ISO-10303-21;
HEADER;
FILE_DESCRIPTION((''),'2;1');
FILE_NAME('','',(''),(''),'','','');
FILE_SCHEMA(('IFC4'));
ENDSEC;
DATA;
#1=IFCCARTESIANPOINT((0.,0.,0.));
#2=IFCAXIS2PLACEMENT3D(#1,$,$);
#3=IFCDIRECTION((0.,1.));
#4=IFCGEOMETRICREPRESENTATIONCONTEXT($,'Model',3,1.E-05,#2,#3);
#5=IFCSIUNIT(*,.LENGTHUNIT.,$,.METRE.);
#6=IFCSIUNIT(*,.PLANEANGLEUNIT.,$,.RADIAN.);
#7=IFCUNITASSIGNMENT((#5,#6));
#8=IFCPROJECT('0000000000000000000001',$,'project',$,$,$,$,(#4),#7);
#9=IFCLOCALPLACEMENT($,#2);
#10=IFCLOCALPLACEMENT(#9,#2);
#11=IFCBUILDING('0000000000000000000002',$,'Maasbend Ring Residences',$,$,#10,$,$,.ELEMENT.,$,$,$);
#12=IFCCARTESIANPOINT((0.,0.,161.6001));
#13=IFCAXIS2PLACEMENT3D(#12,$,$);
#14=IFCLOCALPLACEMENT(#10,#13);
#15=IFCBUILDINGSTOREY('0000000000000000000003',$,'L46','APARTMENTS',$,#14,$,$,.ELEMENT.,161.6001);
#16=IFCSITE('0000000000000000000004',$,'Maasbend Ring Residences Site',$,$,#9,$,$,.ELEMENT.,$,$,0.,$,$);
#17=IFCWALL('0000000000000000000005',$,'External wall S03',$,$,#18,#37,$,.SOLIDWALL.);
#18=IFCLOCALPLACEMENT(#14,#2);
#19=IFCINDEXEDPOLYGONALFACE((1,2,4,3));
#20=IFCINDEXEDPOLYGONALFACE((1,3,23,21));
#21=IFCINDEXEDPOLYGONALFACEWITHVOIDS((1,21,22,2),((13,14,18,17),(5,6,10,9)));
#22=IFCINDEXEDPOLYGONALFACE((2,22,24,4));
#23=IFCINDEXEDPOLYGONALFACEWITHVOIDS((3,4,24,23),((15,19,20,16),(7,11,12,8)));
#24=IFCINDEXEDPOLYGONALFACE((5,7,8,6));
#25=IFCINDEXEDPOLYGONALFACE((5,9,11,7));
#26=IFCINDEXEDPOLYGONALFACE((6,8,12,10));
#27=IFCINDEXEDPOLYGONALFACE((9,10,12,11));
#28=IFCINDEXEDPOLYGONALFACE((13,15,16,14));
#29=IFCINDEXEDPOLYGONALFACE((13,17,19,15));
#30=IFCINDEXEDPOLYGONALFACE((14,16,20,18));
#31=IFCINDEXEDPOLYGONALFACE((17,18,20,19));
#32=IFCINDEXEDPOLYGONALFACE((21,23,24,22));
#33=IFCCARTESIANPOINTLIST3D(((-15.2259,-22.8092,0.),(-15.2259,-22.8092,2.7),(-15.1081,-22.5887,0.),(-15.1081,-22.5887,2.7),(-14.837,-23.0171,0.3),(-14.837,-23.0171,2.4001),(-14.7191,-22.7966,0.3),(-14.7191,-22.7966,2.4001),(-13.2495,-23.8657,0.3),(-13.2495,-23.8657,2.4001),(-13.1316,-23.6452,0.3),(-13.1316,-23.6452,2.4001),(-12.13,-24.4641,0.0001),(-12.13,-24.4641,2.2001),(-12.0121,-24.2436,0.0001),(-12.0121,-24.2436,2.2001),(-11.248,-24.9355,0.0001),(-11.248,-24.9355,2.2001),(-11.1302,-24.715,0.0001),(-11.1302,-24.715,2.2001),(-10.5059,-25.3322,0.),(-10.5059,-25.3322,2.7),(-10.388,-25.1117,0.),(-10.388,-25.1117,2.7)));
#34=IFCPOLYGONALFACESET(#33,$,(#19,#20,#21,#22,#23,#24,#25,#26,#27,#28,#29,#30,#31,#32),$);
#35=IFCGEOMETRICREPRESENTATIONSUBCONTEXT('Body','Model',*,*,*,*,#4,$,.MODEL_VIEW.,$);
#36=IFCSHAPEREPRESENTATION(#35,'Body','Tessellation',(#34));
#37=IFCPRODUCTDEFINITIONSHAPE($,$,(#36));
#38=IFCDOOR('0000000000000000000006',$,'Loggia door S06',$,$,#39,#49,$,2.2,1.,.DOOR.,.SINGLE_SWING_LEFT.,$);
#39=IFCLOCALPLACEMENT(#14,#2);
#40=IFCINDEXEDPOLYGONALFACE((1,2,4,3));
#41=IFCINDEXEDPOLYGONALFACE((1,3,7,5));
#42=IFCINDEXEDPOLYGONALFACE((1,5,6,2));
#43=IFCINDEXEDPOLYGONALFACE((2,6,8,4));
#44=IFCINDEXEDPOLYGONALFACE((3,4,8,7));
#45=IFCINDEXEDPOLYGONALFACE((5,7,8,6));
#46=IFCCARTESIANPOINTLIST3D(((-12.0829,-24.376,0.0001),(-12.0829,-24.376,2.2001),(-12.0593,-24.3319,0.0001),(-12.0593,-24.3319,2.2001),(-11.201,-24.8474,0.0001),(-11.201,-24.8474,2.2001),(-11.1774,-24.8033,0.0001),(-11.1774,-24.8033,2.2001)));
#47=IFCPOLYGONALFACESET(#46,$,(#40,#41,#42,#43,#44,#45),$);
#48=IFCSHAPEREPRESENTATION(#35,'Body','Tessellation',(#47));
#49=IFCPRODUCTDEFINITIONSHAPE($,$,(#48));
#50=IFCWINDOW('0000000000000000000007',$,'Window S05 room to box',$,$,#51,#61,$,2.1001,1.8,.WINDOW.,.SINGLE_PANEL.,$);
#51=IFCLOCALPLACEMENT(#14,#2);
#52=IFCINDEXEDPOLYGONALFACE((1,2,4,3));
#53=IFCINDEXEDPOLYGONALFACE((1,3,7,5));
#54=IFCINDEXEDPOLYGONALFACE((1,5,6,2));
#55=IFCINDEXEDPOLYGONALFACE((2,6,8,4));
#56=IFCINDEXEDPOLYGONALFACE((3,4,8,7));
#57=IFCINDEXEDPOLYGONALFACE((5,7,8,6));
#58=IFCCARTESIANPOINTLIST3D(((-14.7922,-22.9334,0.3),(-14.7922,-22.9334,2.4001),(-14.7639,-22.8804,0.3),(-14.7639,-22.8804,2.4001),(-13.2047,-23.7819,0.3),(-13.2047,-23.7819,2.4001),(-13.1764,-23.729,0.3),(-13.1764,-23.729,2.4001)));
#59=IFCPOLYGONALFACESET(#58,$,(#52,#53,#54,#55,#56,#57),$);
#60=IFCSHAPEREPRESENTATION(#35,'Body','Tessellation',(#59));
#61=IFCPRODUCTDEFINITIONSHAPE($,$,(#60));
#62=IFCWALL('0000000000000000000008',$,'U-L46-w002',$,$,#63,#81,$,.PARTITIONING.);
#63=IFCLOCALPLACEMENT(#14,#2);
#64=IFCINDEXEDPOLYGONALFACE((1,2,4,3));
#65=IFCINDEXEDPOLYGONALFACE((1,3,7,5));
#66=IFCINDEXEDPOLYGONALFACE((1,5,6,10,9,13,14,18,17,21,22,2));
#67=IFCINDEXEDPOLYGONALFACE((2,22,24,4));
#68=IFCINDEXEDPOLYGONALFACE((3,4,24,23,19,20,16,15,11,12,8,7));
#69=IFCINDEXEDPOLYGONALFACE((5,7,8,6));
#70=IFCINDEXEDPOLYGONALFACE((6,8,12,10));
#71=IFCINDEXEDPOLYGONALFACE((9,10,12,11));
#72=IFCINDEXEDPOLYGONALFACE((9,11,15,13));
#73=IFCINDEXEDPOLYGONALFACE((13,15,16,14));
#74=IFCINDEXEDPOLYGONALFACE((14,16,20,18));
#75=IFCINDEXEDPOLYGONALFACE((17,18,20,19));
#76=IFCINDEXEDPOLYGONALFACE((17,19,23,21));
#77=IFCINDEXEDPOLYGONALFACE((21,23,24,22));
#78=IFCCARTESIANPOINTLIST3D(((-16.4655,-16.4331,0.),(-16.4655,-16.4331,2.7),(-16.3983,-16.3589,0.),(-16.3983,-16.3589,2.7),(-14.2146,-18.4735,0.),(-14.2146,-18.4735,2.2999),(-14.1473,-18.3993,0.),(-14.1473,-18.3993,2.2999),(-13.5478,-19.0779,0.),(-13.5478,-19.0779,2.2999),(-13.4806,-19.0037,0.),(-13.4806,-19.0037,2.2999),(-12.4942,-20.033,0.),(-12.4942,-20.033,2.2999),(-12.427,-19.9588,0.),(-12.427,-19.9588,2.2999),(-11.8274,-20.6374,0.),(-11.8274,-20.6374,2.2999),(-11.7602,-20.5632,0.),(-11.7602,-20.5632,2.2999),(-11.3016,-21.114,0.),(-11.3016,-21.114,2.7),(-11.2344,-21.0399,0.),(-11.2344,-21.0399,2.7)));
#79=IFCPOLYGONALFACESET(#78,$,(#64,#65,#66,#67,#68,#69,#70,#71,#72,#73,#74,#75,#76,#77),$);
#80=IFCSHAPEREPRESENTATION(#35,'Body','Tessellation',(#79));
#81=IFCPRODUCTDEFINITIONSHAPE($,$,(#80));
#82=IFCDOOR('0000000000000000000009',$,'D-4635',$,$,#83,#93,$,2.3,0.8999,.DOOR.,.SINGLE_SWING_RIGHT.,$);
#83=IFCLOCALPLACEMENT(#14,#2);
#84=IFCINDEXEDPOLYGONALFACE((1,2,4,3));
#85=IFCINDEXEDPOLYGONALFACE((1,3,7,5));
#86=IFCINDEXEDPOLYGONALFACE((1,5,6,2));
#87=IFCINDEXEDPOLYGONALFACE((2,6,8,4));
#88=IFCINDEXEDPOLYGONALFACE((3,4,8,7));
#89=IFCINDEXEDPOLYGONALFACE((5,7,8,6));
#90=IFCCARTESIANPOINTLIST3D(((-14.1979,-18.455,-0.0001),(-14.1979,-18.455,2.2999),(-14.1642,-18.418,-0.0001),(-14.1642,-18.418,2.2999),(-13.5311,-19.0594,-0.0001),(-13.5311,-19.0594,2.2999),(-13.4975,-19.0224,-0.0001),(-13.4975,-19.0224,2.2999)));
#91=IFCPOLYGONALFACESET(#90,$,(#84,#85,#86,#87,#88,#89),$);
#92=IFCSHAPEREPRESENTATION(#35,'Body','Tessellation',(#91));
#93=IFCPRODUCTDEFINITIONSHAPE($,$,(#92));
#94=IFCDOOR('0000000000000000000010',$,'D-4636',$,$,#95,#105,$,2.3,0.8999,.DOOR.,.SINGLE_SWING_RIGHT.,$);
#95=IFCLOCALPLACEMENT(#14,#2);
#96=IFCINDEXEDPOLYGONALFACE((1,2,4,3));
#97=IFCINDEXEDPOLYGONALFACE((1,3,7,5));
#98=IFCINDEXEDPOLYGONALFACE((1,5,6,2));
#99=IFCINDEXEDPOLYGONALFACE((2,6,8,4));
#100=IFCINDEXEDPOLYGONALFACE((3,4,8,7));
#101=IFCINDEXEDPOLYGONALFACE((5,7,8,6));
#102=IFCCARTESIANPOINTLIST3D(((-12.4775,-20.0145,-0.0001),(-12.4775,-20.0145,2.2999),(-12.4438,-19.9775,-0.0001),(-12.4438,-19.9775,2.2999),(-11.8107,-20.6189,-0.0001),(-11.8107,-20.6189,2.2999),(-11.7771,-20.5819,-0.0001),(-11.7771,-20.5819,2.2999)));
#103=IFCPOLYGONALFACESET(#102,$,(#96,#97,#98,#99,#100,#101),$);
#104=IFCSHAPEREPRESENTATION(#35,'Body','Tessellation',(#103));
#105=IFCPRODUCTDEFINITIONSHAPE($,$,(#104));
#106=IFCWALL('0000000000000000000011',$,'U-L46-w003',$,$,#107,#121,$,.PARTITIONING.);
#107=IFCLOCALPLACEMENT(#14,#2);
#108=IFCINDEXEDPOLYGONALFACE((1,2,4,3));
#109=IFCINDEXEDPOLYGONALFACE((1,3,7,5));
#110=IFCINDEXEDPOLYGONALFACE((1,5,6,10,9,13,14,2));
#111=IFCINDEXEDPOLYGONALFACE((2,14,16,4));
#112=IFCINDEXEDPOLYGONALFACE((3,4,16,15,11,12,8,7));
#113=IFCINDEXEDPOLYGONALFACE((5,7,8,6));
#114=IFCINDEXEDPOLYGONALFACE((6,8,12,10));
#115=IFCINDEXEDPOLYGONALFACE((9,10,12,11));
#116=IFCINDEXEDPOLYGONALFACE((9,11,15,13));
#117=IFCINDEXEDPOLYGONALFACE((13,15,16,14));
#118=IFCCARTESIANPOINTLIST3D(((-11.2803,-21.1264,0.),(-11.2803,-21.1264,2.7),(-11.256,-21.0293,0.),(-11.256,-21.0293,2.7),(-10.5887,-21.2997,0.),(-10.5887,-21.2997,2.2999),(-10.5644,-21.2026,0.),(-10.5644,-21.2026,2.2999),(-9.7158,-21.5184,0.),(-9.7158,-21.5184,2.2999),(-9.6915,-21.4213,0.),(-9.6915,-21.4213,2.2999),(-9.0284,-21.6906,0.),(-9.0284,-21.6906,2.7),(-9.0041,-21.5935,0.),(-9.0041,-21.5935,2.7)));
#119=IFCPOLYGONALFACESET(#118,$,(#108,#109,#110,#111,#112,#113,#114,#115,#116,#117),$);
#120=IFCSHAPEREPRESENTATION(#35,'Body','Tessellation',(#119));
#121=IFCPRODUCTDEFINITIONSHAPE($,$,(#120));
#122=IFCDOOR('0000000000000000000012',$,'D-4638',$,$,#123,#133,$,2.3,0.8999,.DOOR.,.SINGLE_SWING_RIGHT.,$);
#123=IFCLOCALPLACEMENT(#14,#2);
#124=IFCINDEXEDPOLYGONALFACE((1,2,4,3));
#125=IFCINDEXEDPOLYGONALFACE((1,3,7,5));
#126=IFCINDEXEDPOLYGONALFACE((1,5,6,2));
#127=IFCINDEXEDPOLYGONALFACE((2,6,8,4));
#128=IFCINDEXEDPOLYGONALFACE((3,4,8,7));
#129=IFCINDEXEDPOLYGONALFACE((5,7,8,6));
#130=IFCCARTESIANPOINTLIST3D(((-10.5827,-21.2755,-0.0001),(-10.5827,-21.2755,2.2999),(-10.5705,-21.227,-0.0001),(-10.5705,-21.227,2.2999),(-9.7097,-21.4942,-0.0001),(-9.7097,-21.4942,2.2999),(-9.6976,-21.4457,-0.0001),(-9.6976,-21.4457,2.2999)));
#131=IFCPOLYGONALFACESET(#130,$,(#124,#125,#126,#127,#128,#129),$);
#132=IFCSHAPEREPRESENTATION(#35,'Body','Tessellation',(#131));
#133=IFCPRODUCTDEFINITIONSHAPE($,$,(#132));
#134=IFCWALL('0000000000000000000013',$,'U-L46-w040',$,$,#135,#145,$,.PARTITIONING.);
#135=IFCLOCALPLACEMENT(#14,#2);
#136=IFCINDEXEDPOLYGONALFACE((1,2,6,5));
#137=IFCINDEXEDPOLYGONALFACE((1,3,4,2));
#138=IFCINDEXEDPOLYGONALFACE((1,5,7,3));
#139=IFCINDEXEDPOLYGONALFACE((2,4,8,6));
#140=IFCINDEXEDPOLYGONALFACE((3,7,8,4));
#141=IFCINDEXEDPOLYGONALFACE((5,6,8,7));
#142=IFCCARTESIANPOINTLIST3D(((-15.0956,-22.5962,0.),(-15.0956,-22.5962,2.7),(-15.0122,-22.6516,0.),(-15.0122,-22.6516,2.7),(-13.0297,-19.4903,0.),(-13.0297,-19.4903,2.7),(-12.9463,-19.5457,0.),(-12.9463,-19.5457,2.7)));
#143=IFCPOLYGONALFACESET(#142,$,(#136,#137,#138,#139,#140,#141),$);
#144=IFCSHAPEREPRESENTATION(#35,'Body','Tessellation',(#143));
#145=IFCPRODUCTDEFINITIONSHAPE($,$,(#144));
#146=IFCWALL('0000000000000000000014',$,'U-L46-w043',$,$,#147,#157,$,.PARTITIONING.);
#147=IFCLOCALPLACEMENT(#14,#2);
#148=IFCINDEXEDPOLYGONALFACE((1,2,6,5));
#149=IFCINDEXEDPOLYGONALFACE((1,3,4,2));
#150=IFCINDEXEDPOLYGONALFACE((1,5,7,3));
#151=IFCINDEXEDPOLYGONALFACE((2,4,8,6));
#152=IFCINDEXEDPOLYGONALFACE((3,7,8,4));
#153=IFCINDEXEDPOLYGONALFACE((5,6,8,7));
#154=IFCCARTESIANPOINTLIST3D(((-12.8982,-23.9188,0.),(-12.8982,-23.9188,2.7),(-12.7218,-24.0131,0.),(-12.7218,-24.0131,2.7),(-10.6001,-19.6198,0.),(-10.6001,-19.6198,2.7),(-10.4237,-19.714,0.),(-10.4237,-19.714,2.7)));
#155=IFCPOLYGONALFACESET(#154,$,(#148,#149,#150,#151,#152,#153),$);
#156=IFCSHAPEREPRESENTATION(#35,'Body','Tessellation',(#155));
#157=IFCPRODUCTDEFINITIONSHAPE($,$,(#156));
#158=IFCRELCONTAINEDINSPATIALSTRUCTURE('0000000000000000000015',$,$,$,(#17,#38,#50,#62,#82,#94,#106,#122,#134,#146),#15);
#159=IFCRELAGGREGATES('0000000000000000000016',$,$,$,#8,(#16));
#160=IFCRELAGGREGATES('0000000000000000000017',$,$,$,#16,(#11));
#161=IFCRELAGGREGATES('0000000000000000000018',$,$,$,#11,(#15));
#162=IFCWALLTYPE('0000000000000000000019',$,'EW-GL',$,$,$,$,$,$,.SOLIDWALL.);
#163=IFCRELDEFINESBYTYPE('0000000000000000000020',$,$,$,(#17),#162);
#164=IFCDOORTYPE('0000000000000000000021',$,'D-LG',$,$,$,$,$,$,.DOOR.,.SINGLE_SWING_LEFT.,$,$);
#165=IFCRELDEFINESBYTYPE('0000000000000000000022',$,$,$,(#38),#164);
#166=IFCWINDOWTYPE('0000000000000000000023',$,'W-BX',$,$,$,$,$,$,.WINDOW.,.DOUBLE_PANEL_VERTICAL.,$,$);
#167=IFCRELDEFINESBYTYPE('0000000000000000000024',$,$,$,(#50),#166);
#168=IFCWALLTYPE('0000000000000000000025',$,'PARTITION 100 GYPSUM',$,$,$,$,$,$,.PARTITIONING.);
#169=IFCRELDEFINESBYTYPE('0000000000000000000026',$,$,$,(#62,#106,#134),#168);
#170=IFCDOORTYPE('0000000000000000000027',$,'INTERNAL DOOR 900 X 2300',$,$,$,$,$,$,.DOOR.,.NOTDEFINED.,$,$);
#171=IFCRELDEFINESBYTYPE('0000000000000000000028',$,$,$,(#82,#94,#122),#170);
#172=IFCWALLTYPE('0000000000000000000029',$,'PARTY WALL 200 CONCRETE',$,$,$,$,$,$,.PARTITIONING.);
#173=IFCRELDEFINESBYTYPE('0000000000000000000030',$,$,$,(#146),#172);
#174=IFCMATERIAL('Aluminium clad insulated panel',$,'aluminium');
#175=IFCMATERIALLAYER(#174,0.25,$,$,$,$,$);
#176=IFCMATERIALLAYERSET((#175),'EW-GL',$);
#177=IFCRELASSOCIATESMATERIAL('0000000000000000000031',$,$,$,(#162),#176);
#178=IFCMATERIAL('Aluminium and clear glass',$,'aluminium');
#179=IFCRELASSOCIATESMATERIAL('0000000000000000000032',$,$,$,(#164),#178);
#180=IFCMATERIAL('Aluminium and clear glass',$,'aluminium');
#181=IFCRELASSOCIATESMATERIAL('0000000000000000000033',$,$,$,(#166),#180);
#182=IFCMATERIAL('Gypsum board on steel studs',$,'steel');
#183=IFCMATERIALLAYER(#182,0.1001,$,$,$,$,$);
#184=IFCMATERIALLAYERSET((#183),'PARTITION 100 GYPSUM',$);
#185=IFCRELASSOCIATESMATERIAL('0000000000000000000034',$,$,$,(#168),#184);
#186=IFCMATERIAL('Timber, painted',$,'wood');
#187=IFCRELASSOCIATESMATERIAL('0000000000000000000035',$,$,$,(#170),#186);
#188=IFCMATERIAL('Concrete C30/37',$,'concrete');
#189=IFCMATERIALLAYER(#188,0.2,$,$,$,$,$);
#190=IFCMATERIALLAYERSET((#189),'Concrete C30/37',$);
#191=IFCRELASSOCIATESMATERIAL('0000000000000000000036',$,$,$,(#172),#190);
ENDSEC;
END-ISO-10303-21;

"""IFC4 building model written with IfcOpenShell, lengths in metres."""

from ifc_helpers import new_model, si_unit, direction, frame, frame_2d, origin, place, context, subcontext, project, spatial, rectangle, extrude, material, layer, layer_set, type_object, element, fill, save


model = new_model("IFC4")

# Units and contexts
model_context = context("Model", 3, precision=1e-05, world=origin(), true_north=direction((0.0, 1.0)))
body_context = subcontext(model_context, "Body", "Model", "MODEL_VIEW")
ifc_project = project(units=[si_unit("LENGTHUNIT", "METRE"), si_unit("PLANEANGLEUNIT", "RADIAN")], contexts=[model_context])

# Site, building, storey
site_placement = place(None, origin())
site = spatial("IfcSite", under=ifc_project, at=site_placement, Name="Maasbend Ring Residences Site", CompositionType="ELEMENT", RefElevation=0.0)
building_placement = place(site_placement, origin())
building = spatial("IfcBuilding", under=site, at=building_placement, Name="Maasbend Ring Residences", CompositionType="ELEMENT")
storey_placement = place(building_placement, frame((0.0, 0.0, 161.6001)))
storey = spatial("IfcBuildingStorey", under=building, at=storey_placement, Name="L46", Description="APARTMENTS", CompositionType="ELEMENT", Elevation=161.6001)

# Wall, openings, door, window
ifc_material_1 = material(Name="Aluminium clad insulated panel", Category="aluminium")
ifc_layer_1 = layer(ifc_material_1, 0.25)
ifc_layer_set_1 = layer_set([ifc_layer_1], Name="EW-GL")
wall_type_1 = type_object("IfcWallType", Name="EW-GL", PredefinedType="SOLIDWALL", material=ifc_layer_set_1)
wall_1_placement = place(storey_placement, frame((-15.167, -22.699, 0.0), z_axis=(0.0, 0.0, 1.0), x_axis=(0.881916, -0.471407, 0.0)))
wall_1 = element("IfcWall", 1, at=wall_1_placement, inside=storey, type_object=wall_type_1, Name="External wall S03", PredefinedType="SOLIDWALL", context=body_context, shape_type="SweptSolid", body=[
    extrude(rectangle(XDim=5.3521, YDim=0.25, at=frame_2d((2.676, 0.0))), origin(), (0.0, 0.0, 1.0), 2.7),
])
opening_1_placement = place(wall_1_placement, frame((0.4412, 0.0, 0.3)))
opening_1 = element("IfcOpeningElement", 2, at=opening_1_placement, cuts=wall_1, PredefinedType="OPENING", context=body_context, shape_type="SweptSolid", body=[
    extrude(rectangle(XDim=1.8, YDim=2.1001, at=frame_2d((0.8999, 1.05))), frame((0.0, 0.135, 0.0), z_axis=(0.0, -1.0, 0.0), x_axis=(1.0, 0.0, 0.0)), (0.0, 0.0, 1.0), 0.27),
])
opening_2_placement = place(wall_1_placement, frame((3.5105, 0.0, 0.0)))
opening_2 = element("IfcOpeningElement", 3, at=opening_2_placement, cuts=wall_1, PredefinedType="OPENING", context=body_context, shape_type="SweptSolid", body=[
    extrude(rectangle(XDim=1.0, YDim=2.2, at=frame_2d((0.5, 1.1001))), frame((0.0, 0.135, 0.0), z_axis=(0.0, -1.0, 0.0), x_axis=(1.0, 0.0, 0.0)), (0.0, 0.0, 1.0), 0.27),
])
ifc_material_2 = material(Name="Aluminium and clear glass", Category="aluminium")
door_type_1 = type_object("IfcDoorType", Name="D-LG", OperationType="SINGLE_SWING_LEFT", PredefinedType="DOOR", material=ifc_material_2)
door_1_placement = place(opening_2_placement, origin())
door_1 = element("IfcDoor", 4, at=door_1_placement, inside=storey, type_object=door_type_1, Name="Loggia door S06", OperationType="SINGLE_SWING_LEFT", OverallHeight=2.2, OverallWidth=1.0, PredefinedType="DOOR", context=body_context, shape_type="SweptSolid", body=[
    extrude(rectangle(XDim=1.0, YDim=2.2, at=frame_2d((0.5, 1.1001))), frame((0.0, 0.0249, 0.0), z_axis=(0.0, -1.0, 0.0), x_axis=(1.0, 0.0, 0.0)), (0.0, 0.0, 1.0), 0.05),
])
fill(opening_2, door_1)
ifc_material_3 = material(Name="Aluminium and clear glass", Category="aluminium")
window_type_1 = type_object("IfcWindowType", Name="W-BX", PartitioningType="DOUBLE_PANEL_VERTICAL", PredefinedType="WINDOW", material=ifc_material_3)
window_1_placement = place(opening_1_placement, origin())
window_1 = element("IfcWindow", 5, at=window_1_placement, inside=storey, type_object=window_type_1, Name="Window S05 room to box", OverallHeight=2.1001, OverallWidth=1.8, PartitioningType="SINGLE_PANEL", PredefinedType="WINDOW", context=body_context, shape_type="SweptSolid", body=[
    extrude(rectangle(XDim=1.8, YDim=2.1001, at=frame_2d((0.8999, 1.05))), frame((0.0, 0.03, 0.0), z_axis=(0.0, -1.0, 0.0), x_axis=(1.0, 0.0, 0.0)), (0.0, 0.0, 1.0), 0.0601),
])
fill(opening_1, window_1)

# Wall, openings, doors
ifc_material_4 = material(Name="Gypsum board on steel studs", Category="steel")
ifc_layer_2 = layer(ifc_material_4, 0.1001)
ifc_layer_set_2 = layer_set([ifc_layer_2], Name="PARTITION 100 GYPSUM")
wall_type_2 = type_object("IfcWallType", Name="PARTITION 100 GYPSUM", PredefinedType="PARTITIONING", material=ifc_layer_set_2)
wall_2_placement = place(storey_placement, frame((-16.4319, -16.396, 0.0), z_axis=(0.0, 0.0, 1.0), x_axis=(0.740901, -0.671614, 0.0)))
wall_2 = element("IfcWall", 6, at=wall_2_placement, inside=storey, type_object=wall_type_2, Name="U-L46-w002", PredefinedType="PARTITIONING", context=body_context, shape_type="SweptSolid", body=[
    extrude(rectangle(XDim=6.9697, YDim=0.1001, at=frame_2d((3.4849, 0.0))), origin(), (0.0, 0.0, 1.0), 2.7),
])
opening_3_placement = place(wall_2_placement, frame((3.0381, 0.0, 0.0)))
opening_3 = element("IfcOpeningElement", 7, at=opening_3_placement, cuts=wall_2, PredefinedType="OPENING", context=body_context, shape_type="SweptSolid", body=[
    extrude(rectangle(XDim=0.8999, YDim=2.3, at=frame_2d((0.45, 1.1499))), frame((0.0, 0.0601, 0.0), z_axis=(0.0, -1.0, 0.0), x_axis=(1.0, 0.0, 0.0)), (0.0, 0.0, 1.0), 0.1201),
])
opening_4_placement = place(wall_2_placement, frame((5.3601, 0.0, 0.0)))
opening_4 = element("IfcOpeningElement", 8, at=opening_4_placement, cuts=wall_2, PredefinedType="OPENING", context=body_context, shape_type="SweptSolid", body=[
    extrude(rectangle(XDim=0.8999, YDim=2.3, at=frame_2d((0.45, 1.1499))), frame((0.0, 0.0601, 0.0), z_axis=(0.0, -1.0, 0.0), x_axis=(1.0, 0.0, 0.0)), (0.0, 0.0, 1.0), 0.1201),
])
ifc_material_5 = material(Name="Timber, painted", Category="wood")
door_type_2 = type_object("IfcDoorType", Name="INTERNAL DOOR 900 X 2300", OperationType="NOTDEFINED", PredefinedType="DOOR", material=ifc_material_5)
door_2_placement = place(opening_3_placement, origin())
door_2 = element("IfcDoor", 9, at=door_2_placement, inside=storey, type_object=door_type_2, Name="D-4635", OperationType="SINGLE_SWING_RIGHT", OverallHeight=2.3, OverallWidth=0.8999, PredefinedType="DOOR", context=body_context, shape_type="SweptSolid", body=[
    extrude(rectangle(XDim=0.8999, YDim=2.3, at=frame_2d((0.45, 1.1499))), frame((0.0, 0.0249, 0.0), z_axis=(0.0, -1.0, 0.0), x_axis=(1.0, 0.0, 0.0)), (0.0, 0.0, 1.0), 0.05),
])
fill(opening_3, door_2)
door_3_placement = place(opening_4_placement, origin())
door_3 = element("IfcDoor", 10, at=door_3_placement, inside=storey, type_object=door_type_2, Name="D-4636", OperationType="SINGLE_SWING_RIGHT", OverallHeight=2.3, OverallWidth=0.8999, PredefinedType="DOOR", context=body_context, shape_type="SweptSolid", body=[
    extrude(rectangle(XDim=0.8999, YDim=2.3, at=frame_2d((0.45, 1.1499))), frame((0.0, 0.0249, 0.0), z_axis=(0.0, -1.0, 0.0), x_axis=(1.0, 0.0, 0.0)), (0.0, 0.0, 1.0), 0.05),
])
fill(opening_4, door_3)

# Wall, opening, door
wall_3_placement = place(storey_placement, frame((-11.2681, -21.0779, 0.0), z_axis=(0.0, 0.0, 1.0), x_axis=(0.970019, -0.24303, 0.0)))
wall_3 = element("IfcWall", 11, at=wall_3_placement, inside=storey, type_object=wall_type_2, Name="U-L46-w003", PredefinedType="PARTITIONING", context=body_context, shape_type="SweptSolid", body=[
    extrude(rectangle(XDim=2.3215, YDim=0.1001, at=frame_2d((1.1606, 0.0))), origin(), (0.0, 0.0, 1.0), 2.7),
])
opening_5_placement = place(wall_3_placement, frame((0.7129, 0.0, 0.0)))
opening_5 = element("IfcOpeningElement", 12, at=opening_5_placement, cuts=wall_3, PredefinedType="OPENING", context=body_context, shape_type="SweptSolid", body=[
    extrude(rectangle(XDim=0.8999, YDim=2.3, at=frame_2d((0.45, 1.1499))), frame((0.0, 0.0601, 0.0), z_axis=(0.0, -1.0, 0.0), x_axis=(1.0, 0.0, 0.0)), (0.0, 0.0, 1.0), 0.1201),
])
door_4_placement = place(opening_5_placement, origin())
door_4 = element("IfcDoor", 13, at=door_4_placement, inside=storey, type_object=door_type_2, Name="D-4638", OperationType="SINGLE_SWING_RIGHT", OverallHeight=2.3, OverallWidth=0.8999, PredefinedType="DOOR", context=body_context, shape_type="SweptSolid", body=[
    extrude(rectangle(XDim=0.8999, YDim=2.3, at=frame_2d((0.45, 1.1499))), frame((0.0, 0.0249, 0.0), z_axis=(0.0, -1.0, 0.0), x_axis=(1.0, 0.0, 0.0)), (0.0, 0.0, 1.0), 0.05),
])
fill(opening_5, door_4)

# Walls
wall_4_placement = place(storey_placement, frame((-15.054, -22.624, 0.0), z_axis=(0.0, 0.0, 1.0), x_axis=(0.553824, 0.832634, 0.0)))
element("IfcWall", 14, at=wall_4_placement, inside=storey, type_object=wall_type_2, Name="U-L46-w040", PredefinedType="PARTITIONING", context=body_context, shape_type="SweptSolid", body=[
    extrude(rectangle(XDim=3.7302, YDim=0.1001, at=frame_2d((1.8652, 0.0))), origin(), (0.0, 0.0, 1.0), 2.7),
])
ifc_material_6 = material(Name="Concrete C30/37", Category="concrete")
ifc_layer_3 = layer(ifc_material_6, 0.2)
ifc_layer_set_3 = layer_set([ifc_layer_3], Name="Concrete C30/37")
wall_type_3 = type_object("IfcWallType", Name="PARTY WALL 200 CONCRETE", PredefinedType="PARTITIONING", material=ifc_layer_set_3)
wall_5_placement = place(storey_placement, frame((-12.8101, -23.9661, 0.0), z_axis=(0.0, 0.0, 1.0), x_axis=(0.471428, 0.881905, 0.0)))
element("IfcWall", 15, at=wall_5_placement, inside=storey, type_object=wall_type_3, Name="U-L46-w043", PredefinedType="PARTITIONING", context=body_context, shape_type="SweptSolid", body=[
    extrude(rectangle(XDim=4.8748, YDim=0.2, at=frame_2d((2.4375, 0.0))), origin(), (0.0, 0.0, 1.0), 2.7),
])

save(model, "model.ifc")
